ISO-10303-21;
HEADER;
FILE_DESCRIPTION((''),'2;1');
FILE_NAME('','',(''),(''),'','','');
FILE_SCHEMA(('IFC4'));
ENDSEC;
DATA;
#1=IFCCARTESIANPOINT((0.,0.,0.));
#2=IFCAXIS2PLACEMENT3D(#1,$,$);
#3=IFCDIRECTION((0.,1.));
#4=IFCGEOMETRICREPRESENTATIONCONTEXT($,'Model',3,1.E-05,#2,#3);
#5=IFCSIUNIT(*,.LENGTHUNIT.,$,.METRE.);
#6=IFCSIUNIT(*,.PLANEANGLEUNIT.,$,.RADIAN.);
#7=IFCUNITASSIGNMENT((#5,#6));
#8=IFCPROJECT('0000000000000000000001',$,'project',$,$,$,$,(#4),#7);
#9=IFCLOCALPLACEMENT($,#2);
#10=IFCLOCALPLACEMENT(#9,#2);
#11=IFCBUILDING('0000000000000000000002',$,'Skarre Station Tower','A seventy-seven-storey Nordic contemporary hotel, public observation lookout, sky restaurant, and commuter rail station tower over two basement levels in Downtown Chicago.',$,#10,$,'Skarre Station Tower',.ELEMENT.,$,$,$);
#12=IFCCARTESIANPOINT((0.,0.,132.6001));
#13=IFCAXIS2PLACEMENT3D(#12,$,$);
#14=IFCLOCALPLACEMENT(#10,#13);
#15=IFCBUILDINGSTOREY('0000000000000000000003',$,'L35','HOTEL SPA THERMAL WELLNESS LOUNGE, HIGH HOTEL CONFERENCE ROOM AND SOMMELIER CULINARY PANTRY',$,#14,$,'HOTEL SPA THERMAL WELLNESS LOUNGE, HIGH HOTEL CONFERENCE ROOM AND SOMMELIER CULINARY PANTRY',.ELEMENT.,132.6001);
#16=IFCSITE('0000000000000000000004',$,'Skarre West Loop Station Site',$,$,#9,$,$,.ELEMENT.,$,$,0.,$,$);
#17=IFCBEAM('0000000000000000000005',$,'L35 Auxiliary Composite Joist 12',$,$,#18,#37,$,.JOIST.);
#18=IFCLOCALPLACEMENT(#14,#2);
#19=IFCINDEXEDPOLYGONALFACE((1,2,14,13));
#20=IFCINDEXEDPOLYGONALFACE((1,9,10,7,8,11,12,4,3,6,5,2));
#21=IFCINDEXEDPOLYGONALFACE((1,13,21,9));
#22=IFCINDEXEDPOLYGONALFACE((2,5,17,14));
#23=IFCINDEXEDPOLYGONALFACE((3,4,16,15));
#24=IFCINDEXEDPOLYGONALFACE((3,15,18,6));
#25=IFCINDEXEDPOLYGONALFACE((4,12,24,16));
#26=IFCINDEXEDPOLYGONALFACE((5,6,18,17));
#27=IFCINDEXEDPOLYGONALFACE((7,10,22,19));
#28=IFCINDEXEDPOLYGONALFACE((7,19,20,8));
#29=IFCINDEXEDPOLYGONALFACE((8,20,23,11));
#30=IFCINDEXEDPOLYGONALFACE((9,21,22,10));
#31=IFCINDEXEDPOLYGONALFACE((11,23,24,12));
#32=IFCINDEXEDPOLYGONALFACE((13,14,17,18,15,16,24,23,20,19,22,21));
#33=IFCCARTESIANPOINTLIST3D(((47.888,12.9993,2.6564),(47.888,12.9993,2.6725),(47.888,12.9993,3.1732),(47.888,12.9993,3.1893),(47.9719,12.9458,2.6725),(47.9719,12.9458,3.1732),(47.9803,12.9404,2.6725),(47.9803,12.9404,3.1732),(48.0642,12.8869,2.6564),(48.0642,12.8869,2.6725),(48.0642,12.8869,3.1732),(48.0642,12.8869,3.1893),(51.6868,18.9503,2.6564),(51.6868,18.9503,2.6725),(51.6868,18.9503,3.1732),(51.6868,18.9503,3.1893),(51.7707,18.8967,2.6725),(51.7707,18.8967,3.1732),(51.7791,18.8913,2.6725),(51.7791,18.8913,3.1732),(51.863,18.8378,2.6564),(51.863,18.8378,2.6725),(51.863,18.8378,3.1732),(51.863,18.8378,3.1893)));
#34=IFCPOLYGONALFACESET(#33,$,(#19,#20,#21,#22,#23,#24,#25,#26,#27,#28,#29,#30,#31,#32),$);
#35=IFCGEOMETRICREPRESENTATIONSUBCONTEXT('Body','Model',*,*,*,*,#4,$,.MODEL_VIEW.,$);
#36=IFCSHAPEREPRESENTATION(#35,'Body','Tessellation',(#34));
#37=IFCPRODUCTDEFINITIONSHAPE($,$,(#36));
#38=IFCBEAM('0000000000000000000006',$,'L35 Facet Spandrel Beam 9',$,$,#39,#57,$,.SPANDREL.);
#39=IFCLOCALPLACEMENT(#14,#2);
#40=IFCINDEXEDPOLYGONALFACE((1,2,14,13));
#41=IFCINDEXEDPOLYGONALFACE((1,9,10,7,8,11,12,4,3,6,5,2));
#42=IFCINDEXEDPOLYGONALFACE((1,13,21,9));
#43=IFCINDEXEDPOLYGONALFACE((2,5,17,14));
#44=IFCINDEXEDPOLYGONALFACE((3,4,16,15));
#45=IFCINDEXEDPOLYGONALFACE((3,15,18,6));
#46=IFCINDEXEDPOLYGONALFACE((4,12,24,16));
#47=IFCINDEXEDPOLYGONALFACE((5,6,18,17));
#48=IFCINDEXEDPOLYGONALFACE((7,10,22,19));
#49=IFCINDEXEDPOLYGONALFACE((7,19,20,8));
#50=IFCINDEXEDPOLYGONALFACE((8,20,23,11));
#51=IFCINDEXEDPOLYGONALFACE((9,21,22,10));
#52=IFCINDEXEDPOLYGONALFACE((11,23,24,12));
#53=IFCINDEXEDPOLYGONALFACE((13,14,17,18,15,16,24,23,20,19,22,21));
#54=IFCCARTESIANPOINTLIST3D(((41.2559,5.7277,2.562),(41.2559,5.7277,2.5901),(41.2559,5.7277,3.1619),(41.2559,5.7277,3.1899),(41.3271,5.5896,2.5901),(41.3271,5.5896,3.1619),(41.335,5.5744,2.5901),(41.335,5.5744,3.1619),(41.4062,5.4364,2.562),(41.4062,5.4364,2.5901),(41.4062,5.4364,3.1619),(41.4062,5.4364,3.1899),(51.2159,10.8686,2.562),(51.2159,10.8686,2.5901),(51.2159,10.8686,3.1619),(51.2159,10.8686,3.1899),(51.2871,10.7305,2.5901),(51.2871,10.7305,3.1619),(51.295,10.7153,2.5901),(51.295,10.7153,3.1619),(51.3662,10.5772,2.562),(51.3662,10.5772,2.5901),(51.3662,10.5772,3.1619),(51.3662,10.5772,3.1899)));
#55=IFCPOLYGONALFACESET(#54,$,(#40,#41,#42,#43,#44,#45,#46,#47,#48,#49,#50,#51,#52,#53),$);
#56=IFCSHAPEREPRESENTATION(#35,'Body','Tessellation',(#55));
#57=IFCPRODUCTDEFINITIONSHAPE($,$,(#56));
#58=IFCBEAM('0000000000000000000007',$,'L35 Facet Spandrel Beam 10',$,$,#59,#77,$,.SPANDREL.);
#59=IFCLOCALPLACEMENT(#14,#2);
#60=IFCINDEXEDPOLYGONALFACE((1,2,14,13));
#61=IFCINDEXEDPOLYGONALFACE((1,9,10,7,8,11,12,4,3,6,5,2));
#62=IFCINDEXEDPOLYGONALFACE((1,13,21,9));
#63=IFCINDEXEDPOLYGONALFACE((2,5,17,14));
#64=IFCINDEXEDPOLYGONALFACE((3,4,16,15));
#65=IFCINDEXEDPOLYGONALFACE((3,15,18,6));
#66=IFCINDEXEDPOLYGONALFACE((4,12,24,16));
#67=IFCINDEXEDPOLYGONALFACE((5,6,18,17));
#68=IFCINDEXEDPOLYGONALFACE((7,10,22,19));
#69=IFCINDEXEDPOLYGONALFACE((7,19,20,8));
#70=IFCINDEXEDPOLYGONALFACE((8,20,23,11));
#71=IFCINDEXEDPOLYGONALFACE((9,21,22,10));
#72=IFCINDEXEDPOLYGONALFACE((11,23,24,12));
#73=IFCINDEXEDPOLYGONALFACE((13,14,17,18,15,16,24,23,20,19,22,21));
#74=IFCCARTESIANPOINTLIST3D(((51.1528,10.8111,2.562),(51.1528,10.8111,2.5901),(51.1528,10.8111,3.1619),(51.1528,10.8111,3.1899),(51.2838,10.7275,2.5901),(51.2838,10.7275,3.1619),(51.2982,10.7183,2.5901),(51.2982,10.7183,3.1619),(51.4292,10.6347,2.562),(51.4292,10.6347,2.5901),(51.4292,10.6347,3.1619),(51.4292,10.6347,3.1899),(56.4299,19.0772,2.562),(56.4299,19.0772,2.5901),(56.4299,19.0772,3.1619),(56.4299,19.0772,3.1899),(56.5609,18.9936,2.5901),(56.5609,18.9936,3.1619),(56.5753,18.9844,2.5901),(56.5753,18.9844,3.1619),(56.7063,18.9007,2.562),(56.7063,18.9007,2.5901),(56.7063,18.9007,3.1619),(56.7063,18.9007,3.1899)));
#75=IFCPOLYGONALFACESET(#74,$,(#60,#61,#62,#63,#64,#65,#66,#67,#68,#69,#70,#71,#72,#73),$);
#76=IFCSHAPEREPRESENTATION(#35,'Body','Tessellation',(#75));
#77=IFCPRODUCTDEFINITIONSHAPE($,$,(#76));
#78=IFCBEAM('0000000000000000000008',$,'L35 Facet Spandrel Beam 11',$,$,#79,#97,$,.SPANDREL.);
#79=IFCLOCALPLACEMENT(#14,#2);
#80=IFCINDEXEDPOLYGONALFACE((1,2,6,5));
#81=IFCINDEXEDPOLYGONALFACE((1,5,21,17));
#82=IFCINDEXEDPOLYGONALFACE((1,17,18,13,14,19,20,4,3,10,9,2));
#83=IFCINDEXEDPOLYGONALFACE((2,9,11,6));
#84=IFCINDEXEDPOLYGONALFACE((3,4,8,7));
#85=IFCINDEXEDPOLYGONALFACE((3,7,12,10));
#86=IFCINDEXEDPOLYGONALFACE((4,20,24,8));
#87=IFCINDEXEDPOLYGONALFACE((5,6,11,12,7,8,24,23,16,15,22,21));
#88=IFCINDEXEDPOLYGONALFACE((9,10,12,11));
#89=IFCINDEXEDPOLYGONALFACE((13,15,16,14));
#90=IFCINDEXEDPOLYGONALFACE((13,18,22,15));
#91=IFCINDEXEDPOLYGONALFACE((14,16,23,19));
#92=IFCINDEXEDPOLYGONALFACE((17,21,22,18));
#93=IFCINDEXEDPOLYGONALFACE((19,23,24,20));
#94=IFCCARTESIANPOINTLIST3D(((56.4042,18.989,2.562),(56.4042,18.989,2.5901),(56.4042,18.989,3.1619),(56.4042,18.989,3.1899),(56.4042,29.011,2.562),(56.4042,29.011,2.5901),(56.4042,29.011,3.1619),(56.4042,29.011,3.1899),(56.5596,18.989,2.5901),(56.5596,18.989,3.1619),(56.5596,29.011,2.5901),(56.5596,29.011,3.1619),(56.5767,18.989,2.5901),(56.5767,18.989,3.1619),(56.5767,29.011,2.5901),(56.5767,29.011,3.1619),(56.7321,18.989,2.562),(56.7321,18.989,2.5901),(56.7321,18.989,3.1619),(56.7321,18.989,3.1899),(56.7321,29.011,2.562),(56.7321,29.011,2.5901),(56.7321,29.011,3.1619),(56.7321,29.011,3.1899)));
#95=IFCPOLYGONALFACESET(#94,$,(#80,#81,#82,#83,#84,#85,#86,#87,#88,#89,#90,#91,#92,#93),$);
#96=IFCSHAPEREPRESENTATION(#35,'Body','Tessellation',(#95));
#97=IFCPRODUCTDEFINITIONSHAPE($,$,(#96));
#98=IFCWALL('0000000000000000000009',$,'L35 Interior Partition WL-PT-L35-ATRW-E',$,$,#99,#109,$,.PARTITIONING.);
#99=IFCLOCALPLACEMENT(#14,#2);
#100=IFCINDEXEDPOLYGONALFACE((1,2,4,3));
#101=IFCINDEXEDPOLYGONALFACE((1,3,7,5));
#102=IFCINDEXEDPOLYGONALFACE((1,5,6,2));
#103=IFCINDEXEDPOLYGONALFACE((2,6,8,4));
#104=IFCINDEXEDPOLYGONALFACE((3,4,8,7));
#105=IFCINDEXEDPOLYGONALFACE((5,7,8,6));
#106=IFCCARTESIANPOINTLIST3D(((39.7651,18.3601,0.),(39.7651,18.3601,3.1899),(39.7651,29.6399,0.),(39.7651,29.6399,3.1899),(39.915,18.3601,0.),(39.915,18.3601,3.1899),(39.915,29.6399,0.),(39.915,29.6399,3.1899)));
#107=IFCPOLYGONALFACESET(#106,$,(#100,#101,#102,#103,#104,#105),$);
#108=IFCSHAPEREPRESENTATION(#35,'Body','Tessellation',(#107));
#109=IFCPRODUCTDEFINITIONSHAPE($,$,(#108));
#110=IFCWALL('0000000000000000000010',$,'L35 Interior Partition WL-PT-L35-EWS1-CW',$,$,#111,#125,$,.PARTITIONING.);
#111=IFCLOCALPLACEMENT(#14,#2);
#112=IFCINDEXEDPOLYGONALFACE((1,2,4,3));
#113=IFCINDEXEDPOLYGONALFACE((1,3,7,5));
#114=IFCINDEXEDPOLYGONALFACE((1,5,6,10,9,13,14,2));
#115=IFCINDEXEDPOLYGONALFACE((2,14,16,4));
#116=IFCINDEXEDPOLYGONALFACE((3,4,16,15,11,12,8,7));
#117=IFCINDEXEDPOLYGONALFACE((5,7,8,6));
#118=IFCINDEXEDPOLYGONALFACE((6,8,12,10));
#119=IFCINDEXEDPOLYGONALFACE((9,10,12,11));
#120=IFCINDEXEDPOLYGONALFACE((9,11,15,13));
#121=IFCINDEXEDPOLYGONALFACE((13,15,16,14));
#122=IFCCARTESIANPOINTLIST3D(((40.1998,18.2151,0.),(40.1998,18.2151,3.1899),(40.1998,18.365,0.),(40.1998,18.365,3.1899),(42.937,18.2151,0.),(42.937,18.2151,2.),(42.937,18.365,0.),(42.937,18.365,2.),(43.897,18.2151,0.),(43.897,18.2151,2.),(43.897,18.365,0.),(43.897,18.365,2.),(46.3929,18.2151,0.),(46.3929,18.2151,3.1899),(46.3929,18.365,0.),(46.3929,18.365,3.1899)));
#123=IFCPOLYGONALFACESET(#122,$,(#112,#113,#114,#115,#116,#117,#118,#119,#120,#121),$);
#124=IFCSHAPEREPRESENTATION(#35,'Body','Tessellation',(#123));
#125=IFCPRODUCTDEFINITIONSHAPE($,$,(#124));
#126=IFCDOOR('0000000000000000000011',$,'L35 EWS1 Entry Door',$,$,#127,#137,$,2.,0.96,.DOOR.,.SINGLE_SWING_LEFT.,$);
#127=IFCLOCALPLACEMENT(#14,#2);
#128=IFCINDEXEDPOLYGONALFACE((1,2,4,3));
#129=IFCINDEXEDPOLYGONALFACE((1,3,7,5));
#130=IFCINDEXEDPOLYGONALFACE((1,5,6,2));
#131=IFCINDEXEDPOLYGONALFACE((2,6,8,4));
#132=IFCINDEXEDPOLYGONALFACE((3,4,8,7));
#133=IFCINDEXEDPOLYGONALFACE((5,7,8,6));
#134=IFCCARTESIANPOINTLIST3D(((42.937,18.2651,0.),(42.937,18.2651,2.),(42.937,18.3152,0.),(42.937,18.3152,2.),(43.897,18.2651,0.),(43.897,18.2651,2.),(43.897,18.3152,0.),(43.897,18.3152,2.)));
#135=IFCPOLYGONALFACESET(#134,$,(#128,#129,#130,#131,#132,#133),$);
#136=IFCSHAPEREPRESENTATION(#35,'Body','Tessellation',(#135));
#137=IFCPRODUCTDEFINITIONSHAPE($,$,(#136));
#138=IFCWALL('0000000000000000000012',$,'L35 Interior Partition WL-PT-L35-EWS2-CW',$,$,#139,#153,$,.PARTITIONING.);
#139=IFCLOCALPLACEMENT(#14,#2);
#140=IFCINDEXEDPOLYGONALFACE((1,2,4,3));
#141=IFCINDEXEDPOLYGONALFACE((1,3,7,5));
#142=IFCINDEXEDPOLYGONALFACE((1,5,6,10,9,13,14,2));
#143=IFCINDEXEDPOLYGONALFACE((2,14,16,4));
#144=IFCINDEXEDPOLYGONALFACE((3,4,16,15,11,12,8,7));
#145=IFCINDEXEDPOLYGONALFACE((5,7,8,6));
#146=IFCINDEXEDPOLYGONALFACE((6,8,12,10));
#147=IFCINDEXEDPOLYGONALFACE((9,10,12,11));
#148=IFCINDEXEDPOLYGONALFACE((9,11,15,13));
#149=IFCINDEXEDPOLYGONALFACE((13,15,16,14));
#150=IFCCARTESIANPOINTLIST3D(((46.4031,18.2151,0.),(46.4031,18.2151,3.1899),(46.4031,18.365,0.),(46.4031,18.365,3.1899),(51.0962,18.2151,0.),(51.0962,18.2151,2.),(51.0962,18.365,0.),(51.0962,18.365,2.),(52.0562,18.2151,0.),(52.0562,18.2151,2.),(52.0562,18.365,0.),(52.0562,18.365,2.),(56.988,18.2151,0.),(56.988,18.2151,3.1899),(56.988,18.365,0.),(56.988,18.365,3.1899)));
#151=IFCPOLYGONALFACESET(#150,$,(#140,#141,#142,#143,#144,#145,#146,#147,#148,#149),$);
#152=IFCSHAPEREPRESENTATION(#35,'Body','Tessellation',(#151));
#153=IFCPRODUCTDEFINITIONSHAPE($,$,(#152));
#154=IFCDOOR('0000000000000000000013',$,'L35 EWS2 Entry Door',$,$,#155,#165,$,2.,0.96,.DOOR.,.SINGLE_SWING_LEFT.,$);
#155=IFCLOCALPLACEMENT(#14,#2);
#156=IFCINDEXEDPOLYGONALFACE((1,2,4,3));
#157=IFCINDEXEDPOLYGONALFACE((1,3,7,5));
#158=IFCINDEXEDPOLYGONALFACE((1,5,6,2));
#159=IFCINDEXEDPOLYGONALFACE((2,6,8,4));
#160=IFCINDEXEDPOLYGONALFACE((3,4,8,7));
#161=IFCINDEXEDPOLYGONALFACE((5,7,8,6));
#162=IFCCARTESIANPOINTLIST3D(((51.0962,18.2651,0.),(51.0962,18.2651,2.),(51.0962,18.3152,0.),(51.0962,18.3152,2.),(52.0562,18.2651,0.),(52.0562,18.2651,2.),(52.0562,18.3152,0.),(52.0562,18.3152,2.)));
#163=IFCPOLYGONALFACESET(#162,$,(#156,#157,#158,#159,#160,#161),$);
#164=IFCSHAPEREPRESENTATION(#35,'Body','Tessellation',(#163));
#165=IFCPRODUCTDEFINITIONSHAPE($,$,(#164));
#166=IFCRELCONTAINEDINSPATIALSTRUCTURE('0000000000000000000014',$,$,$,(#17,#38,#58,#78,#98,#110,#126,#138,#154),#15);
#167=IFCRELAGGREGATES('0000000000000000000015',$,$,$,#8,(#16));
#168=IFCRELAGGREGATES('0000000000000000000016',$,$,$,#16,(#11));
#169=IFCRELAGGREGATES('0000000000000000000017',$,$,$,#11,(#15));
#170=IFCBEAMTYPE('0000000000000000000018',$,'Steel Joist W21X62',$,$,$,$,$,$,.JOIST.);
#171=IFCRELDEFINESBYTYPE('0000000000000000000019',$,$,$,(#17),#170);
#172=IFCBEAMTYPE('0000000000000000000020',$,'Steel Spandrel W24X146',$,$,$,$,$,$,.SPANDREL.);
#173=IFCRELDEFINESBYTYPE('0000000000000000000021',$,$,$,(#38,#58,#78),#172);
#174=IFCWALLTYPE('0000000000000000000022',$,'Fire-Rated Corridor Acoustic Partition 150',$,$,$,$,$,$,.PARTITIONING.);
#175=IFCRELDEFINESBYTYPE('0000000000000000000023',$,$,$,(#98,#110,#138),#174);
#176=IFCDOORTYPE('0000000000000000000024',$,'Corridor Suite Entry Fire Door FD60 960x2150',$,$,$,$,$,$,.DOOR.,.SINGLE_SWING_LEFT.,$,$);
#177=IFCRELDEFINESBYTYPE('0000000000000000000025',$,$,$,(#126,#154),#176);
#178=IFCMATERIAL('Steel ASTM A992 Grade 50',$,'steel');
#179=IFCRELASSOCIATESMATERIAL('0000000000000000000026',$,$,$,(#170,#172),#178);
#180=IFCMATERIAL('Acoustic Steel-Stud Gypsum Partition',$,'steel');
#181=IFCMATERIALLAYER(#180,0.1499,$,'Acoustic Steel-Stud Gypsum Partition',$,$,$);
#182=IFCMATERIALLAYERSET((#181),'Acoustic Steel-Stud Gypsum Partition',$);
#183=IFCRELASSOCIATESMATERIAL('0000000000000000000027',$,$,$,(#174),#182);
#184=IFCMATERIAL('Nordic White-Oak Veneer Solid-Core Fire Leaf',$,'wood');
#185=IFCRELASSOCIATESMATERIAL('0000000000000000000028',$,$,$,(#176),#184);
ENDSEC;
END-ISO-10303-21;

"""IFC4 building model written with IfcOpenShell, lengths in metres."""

from ifc_helpers import new_model, si_unit, direction, frame, frame_2d, origin, origin_2d, place, context, subcontext, project, spatial, rectangle, i_section, extrude, material, layer, layer_set, material_profile, profile_set, type_object, element, fill, save


model = new_model("IFC4")

# Units and contexts
model_context = context("Model", 3, precision=1e-05, world=origin(), true_north=direction((0.0, 1.0)))
body_context = subcontext(model_context, "Body", "Model", "MODEL_VIEW")
ifc_project = project(units=[si_unit("LENGTHUNIT", "METRE"), si_unit("PLANEANGLEUNIT", "RADIAN")], contexts=[model_context])

# Site, building, storey
site_placement = place(None, origin())
site = spatial("IfcSite", under=ifc_project, at=site_placement, Name="Skarre West Loop Station Site", CompositionType="ELEMENT", RefElevation=0.0)
building_placement = place(site_placement, origin())
building = spatial("IfcBuilding", under=site, at=building_placement, Name="Skarre Station Tower", Description="A seventy-seven-storey Nordic contemporary hotel, public observation lookout, sky restaurant, and commuter rail station tower over two basement levels in Downtown Chicago.", LongName="Skarre Station Tower", CompositionType="ELEMENT")
storey_placement = place(building_placement, frame((0.0, 0.0, 132.6001)))
storey = spatial("IfcBuildingStorey", under=building, at=storey_placement, Name="L35", Description="HOTEL SPA THERMAL WELLNESS LOUNGE, HIGH HOTEL CONFERENCE ROOM AND SOMMELIER CULINARY PANTRY", LongName="HOTEL SPA THERMAL WELLNESS LOUNGE, HIGH HOTEL CONFERENCE ROOM AND SOMMELIER CULINARY PANTRY", CompositionType="ELEMENT", Elevation=132.6001)

# Beams
ifc_material_1 = material(Name="Steel ASTM A992 Grade 50", Category="steel")
ifc_material_profile_1 = material_profile(ifc_material_1, i_section(OverallWidth=0.209, OverallDepth=0.533, WebThickness=0.01, FlangeThickness=0.0161, at=origin_2d()), Name="Steel ASTM A992 Grade 50")
ifc_profile_set_1 = profile_set([ifc_material_profile_1], Name="Steel ASTM A992 Grade 50")
beam_type_1 = type_object("IfcBeamType", Name="Steel Joist W21X62", PredefinedType="JOIST", material=ifc_profile_set_1)
beam_1_placement = place(storey_placement, frame((47.9761, 12.9431, 2.9229), z_axis=(0.538072, 0.842899, 0.0), x_axis=(-0.842899, 0.538072, 0.0)))
element("IfcBeam", 1, at=beam_1_placement, inside=storey, type_object=beam_type_1, Name="L35 Auxiliary Composite Joist 12", PredefinedType="JOIST", context=body_context, shape_type="SweptSolid", body=[
    extrude(i_section(OverallWidth=0.209, OverallDepth=0.533, WebThickness=0.01, FlangeThickness=0.0161, at=origin_2d()), origin(), (0.0, 0.0, 1.0), 7.0601),
])
ifc_material_profile_2 = material_profile(ifc_material_1, i_section(OverallWidth=0.3279, OverallDepth=0.6279, WebThickness=0.0171, FlangeThickness=0.0281, at=origin_2d()), Name="Steel ASTM A992 Grade 50")
ifc_profile_set_2 = profile_set([ifc_material_profile_2], Name="Steel ASTM A992 Grade 50")
beam_type_2 = type_object("IfcBeamType", Name="Steel Spandrel W24X146", PredefinedType="SPANDREL", material=ifc_profile_set_2)
beam_2_placement = place(storey_placement, frame((41.3311, 5.582, 2.876), z_axis=(0.888612, 0.45866, 0.0), x_axis=(-0.45866, 0.888612, 0.0)))
element("IfcBeam", 2, at=beam_2_placement, inside=storey, type_object=beam_type_2, Name="L35 Facet Spandrel Beam 9", PredefinedType="SPANDREL", context=body_context, shape_type="SweptSolid", body=[
    extrude(i_section(OverallWidth=0.3279, OverallDepth=0.6279, WebThickness=0.0171, FlangeThickness=0.0281, at=origin_2d()), origin(), (0.0, 0.0, 1.0), 11.2085),
])
beam_3_placement = place(storey_placement, frame((51.291, 10.7229, 2.876), z_axis=(0.538098, 0.842883, 0.0), x_axis=(-0.842883, 0.538098, 0.0)))
element("IfcBeam", 3, at=beam_3_placement, inside=storey, type_object=beam_type_2, Name="L35 Facet Spandrel Beam 10", PredefinedType="SPANDREL", context=body_context, shape_type="SweptSolid", body=[
    extrude(i_section(OverallWidth=0.3279, OverallDepth=0.6279, WebThickness=0.0171, FlangeThickness=0.0281, at=origin_2d()), origin(), (0.0, 0.0, 1.0), 9.8069),
])
beam_4_placement = place(storey_placement, frame((56.5681, 18.989, 2.876), z_axis=(0.0, 1.0, 0.0), x_axis=(-1.0, 0.0, 0.0)))
element("IfcBeam", 4, at=beam_4_placement, inside=storey, type_object=beam_type_2, Name="L35 Facet Spandrel Beam 11", PredefinedType="SPANDREL", context=body_context, shape_type="SweptSolid", body=[
    extrude(i_section(OverallWidth=0.3279, OverallDepth=0.6279, WebThickness=0.0171, FlangeThickness=0.0281, at=origin_2d()), origin(), (0.0, 0.0, 1.0), 10.022),
])

# Wall
ifc_material_2 = material(Name="Acoustic Steel-Stud Gypsum Partition", Category="steel")
ifc_layer_1 = layer(ifc_material_2, 0.1499, Name="Acoustic Steel-Stud Gypsum Partition")
ifc_layer_set_1 = layer_set([ifc_layer_1], Name="Acoustic Steel-Stud Gypsum Partition")
wall_type_1 = type_object("IfcWallType", Name="Fire-Rated Corridor Acoustic Partition 150", PredefinedType="PARTITIONING", material=ifc_layer_set_1)
wall_1_placement = place(storey_placement, frame((39.8401, 18.3601, 0.0), z_axis=(0.0, 0.0, 1.0), x_axis=(0.0, 1.0, 0.0)))
element("IfcWall", 5, at=wall_1_placement, inside=storey, type_object=wall_type_1, Name="L35 Interior Partition WL-PT-L35-ATRW-E", PredefinedType="PARTITIONING", context=body_context, shape_type="SweptSolid", body=[
    extrude(rectangle(XDim=11.2798, YDim=0.1499, at=frame_2d((5.6399, 0.0))), origin(), (0.0, 0.0, 1.0), 3.1899),
])

# Walls, openings, doors
wall_2_placement = place(storey_placement, frame((46.3931, 18.29, 0.0), z_axis=(0.0, 0.0, 1.0), x_axis=(-1.0, 0.0, 0.0)))
wall_2 = element("IfcWall", 6, at=wall_2_placement, inside=storey, type_object=wall_type_1, Name="L35 Interior Partition WL-PT-L35-EWS1-CW", PredefinedType="PARTITIONING", context=body_context, shape_type="SweptSolid", body=[
    extrude(rectangle(XDim=6.1931, YDim=0.1499, at=frame_2d((3.0967, 0.0))), origin(), (0.0, 0.0, 1.0), 3.1899),
])
opening_1_placement = place(wall_2_placement, frame((2.4961, 0.0, 0.0)))
opening_1 = element("IfcOpeningElement", 7, at=opening_1_placement, cuts=wall_2, PredefinedType="OPENING", context=body_context, shape_type="SweptSolid", body=[
    extrude(rectangle(XDim=0.96, YDim=2.0, at=frame_2d((0.48, 1.0))), frame((0.0, 0.085, 0.0), z_axis=(0.0, -1.0, 0.0), x_axis=(1.0, 0.0, 0.0)), (0.0, 0.0, 1.0), 0.1699),
])
ifc_material_3 = material(Name="Nordic White-Oak Veneer Solid-Core Fire Leaf", Category="wood")
door_type = type_object("IfcDoorType", Name="Corridor Suite Entry Fire Door FD60 960x2150", OperationType="SINGLE_SWING_LEFT", PredefinedType="DOOR", material=ifc_material_3)
door_1_placement = place(opening_1_placement, origin())
door_1 = element("IfcDoor", 8, at=door_1_placement, inside=storey, type_object=door_type, Name="L35 EWS1 Entry Door", OperationType="SINGLE_SWING_LEFT", OverallHeight=2.0, OverallWidth=0.96, PredefinedType="DOOR", context=body_context, shape_type="SweptSolid", body=[
    extrude(rectangle(XDim=0.96, YDim=2.0, at=frame_2d((0.48, 1.0))), frame((0.0, 0.0249, 0.0), z_axis=(0.0, -1.0, 0.0), x_axis=(1.0, 0.0, 0.0)), (0.0, 0.0, 1.0), 0.05),
])
fill(opening_1, door_1)
wall_3_placement = place(storey_placement, frame((56.988, 18.29, 0.0), z_axis=(0.0, 0.0, 1.0), x_axis=(-1.0, 0.0, 0.0)))
wall_3 = element("IfcWall", 9, at=wall_3_placement, inside=storey, type_object=wall_type_1, Name="L35 Interior Partition WL-PT-L35-EWS2-CW", PredefinedType="PARTITIONING", context=body_context, shape_type="SweptSolid", body=[
    extrude(rectangle(XDim=10.585, YDim=0.1499, at=frame_2d((5.2925, 0.0))), origin(), (0.0, 0.0, 1.0), 3.1899),
])
opening_2_placement = place(wall_3_placement, frame((4.9319, 0.0, 0.0)))
opening_2 = element("IfcOpeningElement", 10, at=opening_2_placement, cuts=wall_3, PredefinedType="OPENING", context=body_context, shape_type="SweptSolid", body=[
    extrude(rectangle(XDim=0.96, YDim=2.0, at=frame_2d((0.48, 1.0))), frame((0.0, 0.085, 0.0), z_axis=(0.0, -1.0, 0.0), x_axis=(1.0, 0.0, 0.0)), (0.0, 0.0, 1.0), 0.1699),
])
door_2_placement = place(opening_2_placement, origin())
door_2 = element("IfcDoor", 11, at=door_2_placement, inside=storey, type_object=door_type, Name="L35 EWS2 Entry Door", OperationType="SINGLE_SWING_LEFT", OverallHeight=2.0, OverallWidth=0.96, PredefinedType="DOOR", context=body_context, shape_type="SweptSolid", body=[
    extrude(rectangle(XDim=0.96, YDim=2.0, at=frame_2d((0.48, 1.0))), frame((0.0, 0.0249, 0.0), z_axis=(0.0, -1.0, 0.0), x_axis=(1.0, 0.0, 0.0)), (0.0, 0.0, 1.0), 0.05),
])
fill(opening_2, door_2)

save(model, "model.ifc")
